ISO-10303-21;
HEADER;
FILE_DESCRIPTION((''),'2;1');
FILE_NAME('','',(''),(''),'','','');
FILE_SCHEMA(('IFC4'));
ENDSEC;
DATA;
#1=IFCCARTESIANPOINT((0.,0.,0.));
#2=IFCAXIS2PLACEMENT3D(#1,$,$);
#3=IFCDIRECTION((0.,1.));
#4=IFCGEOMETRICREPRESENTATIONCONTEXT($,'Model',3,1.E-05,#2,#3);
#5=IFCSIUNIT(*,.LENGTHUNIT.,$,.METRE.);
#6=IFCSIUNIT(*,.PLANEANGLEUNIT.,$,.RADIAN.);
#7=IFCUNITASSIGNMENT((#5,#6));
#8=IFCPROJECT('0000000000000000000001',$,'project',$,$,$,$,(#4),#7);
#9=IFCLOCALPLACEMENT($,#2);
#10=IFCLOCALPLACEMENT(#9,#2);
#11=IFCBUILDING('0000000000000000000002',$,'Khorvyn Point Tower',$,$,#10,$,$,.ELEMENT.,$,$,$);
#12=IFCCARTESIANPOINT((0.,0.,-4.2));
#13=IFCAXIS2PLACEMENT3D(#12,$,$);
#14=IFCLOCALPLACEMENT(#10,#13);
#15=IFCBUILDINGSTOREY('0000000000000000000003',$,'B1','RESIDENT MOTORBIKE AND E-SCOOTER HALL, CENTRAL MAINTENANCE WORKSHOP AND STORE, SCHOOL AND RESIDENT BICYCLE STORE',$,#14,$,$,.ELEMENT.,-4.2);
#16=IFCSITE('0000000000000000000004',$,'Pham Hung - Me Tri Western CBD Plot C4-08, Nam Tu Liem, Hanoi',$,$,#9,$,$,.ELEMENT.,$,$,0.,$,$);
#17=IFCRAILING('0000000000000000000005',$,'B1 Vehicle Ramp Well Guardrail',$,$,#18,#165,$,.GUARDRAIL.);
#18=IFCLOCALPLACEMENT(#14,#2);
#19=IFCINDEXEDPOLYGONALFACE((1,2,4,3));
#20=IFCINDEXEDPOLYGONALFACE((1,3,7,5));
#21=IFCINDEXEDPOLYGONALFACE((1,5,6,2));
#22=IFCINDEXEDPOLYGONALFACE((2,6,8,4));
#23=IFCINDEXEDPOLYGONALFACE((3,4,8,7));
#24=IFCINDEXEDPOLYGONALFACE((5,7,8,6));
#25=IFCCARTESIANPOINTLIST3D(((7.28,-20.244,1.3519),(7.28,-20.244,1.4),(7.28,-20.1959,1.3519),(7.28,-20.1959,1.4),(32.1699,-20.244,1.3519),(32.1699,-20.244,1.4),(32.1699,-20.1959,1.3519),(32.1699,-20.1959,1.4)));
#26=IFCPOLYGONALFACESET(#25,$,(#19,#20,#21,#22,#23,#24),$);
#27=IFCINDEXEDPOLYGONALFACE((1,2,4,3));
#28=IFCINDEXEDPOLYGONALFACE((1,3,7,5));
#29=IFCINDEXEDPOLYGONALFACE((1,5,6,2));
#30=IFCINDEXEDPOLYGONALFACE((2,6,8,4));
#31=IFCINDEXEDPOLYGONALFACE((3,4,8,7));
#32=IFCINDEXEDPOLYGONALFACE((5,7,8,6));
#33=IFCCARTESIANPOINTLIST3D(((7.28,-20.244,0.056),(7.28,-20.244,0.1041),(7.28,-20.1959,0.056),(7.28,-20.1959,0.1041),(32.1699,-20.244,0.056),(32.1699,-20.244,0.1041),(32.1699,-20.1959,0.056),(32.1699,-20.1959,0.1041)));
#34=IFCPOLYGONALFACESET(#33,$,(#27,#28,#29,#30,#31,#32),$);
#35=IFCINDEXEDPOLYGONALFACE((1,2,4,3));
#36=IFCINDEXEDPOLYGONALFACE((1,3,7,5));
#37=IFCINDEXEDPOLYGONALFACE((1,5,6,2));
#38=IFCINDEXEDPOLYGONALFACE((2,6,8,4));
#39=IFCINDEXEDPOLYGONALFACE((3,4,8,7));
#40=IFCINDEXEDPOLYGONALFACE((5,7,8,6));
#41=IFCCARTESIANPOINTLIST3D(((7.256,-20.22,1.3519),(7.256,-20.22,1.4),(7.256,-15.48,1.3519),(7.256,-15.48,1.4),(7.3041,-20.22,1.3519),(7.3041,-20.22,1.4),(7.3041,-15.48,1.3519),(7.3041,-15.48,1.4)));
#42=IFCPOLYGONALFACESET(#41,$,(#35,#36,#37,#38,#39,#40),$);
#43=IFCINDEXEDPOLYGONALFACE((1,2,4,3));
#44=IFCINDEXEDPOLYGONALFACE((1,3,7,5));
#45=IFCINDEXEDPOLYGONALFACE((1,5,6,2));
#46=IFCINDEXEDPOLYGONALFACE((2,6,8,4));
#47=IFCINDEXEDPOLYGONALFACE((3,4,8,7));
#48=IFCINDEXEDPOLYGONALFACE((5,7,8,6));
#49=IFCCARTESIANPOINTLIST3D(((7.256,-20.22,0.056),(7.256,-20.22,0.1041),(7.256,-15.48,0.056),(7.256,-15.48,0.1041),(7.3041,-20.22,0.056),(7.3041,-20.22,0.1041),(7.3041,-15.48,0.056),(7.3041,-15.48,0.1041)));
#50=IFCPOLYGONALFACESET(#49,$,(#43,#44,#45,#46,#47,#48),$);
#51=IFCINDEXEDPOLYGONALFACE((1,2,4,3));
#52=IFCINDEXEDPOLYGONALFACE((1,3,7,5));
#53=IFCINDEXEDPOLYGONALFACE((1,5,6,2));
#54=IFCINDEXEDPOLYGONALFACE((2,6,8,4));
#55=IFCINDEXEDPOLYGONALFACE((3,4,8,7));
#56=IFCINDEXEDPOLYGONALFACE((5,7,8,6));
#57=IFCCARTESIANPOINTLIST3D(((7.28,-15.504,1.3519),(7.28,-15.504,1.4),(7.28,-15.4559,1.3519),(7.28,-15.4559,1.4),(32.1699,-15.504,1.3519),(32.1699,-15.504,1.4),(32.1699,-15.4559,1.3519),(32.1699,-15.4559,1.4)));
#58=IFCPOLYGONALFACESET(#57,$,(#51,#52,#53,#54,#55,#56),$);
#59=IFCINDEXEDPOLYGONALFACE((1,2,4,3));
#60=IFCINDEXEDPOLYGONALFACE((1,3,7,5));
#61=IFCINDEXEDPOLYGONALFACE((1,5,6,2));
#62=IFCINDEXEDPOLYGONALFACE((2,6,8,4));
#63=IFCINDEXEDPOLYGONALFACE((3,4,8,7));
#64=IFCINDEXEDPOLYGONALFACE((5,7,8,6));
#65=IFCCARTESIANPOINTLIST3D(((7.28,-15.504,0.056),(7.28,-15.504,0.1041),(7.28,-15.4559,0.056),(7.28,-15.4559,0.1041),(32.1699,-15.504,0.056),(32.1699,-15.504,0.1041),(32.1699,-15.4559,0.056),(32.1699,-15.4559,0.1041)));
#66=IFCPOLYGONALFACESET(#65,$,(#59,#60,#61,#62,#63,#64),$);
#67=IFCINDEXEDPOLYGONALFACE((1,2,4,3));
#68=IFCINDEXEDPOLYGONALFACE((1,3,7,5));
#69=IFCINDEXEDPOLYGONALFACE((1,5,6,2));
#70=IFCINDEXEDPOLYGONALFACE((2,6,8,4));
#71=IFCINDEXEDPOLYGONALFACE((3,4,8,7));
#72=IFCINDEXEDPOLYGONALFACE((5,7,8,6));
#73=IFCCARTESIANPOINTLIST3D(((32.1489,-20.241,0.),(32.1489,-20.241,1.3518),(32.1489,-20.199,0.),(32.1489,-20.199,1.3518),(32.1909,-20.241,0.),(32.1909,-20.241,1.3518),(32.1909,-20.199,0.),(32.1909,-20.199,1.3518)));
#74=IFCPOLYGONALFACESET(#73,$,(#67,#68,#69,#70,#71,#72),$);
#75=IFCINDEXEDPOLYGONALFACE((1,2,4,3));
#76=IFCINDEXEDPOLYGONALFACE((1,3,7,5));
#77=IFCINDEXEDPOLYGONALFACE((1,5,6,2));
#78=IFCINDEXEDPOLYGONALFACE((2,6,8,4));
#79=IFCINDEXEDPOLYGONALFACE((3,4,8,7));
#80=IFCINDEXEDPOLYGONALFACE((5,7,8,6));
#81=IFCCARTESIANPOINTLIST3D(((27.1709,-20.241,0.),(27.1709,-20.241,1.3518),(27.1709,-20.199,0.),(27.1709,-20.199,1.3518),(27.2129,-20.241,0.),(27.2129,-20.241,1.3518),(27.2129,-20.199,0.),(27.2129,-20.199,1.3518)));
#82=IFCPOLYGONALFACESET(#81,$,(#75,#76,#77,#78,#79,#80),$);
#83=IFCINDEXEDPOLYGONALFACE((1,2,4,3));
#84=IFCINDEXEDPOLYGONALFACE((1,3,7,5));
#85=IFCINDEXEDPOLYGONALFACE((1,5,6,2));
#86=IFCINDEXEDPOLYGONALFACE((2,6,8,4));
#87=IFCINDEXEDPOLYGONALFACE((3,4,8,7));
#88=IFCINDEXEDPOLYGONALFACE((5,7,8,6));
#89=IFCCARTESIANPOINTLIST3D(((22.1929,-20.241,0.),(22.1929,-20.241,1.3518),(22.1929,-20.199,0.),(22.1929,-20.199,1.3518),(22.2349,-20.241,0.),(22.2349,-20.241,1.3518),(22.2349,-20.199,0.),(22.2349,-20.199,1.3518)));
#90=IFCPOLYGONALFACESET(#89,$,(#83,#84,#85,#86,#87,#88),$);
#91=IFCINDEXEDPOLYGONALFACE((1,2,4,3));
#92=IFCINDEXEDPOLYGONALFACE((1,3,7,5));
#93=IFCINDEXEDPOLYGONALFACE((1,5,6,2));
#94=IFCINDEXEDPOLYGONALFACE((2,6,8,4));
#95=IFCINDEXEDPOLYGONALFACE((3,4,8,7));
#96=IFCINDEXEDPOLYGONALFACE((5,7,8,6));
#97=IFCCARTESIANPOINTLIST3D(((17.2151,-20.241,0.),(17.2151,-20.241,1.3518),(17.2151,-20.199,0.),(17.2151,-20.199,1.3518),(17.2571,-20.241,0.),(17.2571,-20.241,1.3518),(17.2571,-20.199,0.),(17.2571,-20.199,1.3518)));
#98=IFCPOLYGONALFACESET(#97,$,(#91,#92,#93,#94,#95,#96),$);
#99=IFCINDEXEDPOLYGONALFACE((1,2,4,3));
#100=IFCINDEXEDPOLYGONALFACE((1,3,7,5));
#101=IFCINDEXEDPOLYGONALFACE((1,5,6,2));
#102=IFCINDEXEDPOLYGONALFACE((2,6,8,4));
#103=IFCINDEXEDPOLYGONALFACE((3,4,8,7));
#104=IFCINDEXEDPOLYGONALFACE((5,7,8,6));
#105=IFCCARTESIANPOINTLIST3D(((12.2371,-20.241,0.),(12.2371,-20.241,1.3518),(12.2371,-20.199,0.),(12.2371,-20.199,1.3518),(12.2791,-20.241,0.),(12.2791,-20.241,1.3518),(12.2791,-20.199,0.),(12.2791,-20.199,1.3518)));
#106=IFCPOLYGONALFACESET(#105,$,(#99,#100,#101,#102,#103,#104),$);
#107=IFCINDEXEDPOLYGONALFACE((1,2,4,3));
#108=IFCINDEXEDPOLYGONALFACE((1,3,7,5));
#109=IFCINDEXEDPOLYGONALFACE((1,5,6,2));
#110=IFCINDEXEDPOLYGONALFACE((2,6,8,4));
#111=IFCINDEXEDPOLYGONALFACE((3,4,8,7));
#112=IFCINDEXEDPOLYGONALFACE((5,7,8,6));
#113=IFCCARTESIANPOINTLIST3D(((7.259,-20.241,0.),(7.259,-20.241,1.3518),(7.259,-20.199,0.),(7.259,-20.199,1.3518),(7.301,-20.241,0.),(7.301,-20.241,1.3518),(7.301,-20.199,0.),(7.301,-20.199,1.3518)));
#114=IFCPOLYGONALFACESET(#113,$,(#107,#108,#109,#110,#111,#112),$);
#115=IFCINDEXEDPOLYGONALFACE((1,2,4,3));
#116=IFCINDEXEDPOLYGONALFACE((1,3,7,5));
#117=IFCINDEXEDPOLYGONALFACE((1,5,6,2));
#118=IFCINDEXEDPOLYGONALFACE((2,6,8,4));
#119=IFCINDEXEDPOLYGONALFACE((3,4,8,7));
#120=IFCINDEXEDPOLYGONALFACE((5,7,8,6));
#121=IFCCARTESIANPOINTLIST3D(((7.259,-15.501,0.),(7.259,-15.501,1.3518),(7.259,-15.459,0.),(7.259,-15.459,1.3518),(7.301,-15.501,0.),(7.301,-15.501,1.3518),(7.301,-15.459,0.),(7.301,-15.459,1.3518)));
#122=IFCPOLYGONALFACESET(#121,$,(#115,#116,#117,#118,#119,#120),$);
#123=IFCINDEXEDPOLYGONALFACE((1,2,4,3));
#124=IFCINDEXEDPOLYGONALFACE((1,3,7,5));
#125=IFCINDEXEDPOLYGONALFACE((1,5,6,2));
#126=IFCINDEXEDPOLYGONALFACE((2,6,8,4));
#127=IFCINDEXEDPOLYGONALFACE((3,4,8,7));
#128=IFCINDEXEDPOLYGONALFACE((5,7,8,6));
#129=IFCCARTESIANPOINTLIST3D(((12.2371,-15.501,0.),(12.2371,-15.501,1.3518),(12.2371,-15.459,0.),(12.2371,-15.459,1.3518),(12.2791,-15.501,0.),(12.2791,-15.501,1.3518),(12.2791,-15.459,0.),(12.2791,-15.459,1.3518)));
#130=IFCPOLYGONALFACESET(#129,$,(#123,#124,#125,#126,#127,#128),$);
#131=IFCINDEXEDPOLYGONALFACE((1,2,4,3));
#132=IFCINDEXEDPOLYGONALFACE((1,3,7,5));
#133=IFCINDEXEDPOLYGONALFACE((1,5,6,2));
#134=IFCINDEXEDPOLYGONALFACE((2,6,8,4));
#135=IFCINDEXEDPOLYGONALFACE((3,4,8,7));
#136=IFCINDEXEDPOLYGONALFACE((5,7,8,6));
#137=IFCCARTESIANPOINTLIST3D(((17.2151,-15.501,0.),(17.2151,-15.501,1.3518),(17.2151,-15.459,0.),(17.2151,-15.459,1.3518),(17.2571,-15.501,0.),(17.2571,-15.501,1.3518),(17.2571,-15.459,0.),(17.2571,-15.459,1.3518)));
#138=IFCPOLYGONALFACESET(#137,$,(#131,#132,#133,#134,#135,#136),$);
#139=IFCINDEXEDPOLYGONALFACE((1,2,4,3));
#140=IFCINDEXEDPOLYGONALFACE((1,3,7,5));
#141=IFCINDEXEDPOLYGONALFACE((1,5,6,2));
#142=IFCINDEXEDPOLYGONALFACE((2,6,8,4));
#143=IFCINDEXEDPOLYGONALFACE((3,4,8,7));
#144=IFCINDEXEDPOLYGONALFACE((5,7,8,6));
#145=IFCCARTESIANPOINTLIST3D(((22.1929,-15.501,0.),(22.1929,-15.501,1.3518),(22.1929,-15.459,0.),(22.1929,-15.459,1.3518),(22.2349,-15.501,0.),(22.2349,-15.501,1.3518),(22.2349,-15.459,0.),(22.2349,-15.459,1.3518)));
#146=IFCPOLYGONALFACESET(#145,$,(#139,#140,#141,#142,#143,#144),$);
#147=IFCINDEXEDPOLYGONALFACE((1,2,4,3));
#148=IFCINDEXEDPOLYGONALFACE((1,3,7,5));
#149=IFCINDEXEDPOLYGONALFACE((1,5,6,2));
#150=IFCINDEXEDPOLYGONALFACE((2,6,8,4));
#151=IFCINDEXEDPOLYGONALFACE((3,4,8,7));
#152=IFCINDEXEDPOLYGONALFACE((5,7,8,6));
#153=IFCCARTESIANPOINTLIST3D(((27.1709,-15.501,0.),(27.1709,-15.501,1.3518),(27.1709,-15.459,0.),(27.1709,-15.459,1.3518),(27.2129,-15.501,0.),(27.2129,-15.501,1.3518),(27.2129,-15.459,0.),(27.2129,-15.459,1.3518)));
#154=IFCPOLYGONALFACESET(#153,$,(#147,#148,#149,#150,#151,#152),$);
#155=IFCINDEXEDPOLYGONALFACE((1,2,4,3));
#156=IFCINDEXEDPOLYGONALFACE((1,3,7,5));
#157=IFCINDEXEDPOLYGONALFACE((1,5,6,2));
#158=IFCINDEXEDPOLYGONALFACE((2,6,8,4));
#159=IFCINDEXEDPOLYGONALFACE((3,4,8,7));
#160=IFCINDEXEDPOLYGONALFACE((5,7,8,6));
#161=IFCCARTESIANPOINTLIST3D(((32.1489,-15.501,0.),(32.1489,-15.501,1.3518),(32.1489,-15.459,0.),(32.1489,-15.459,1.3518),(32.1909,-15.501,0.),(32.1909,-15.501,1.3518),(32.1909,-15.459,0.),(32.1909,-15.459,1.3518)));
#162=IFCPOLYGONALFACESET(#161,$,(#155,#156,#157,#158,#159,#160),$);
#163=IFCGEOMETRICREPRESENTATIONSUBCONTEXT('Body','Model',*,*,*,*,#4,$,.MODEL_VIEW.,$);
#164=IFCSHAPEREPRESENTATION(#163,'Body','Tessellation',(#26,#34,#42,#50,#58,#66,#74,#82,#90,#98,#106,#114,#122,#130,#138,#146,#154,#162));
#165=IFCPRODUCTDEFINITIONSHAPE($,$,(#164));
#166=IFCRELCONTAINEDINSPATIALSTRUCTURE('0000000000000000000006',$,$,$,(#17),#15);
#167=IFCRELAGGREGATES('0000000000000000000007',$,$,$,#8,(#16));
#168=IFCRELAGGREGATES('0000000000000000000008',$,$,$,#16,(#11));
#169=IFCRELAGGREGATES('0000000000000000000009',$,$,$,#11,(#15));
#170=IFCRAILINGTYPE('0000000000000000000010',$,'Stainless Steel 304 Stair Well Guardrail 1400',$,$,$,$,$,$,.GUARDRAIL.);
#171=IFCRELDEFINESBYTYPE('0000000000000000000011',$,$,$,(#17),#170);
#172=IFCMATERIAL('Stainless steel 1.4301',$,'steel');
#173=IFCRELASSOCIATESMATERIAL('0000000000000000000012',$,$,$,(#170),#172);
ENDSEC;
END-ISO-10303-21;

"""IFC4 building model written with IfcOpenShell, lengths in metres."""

from ifc_helpers import new_model, si_unit, direction, frame, origin, origin_2d, place, context, subcontext, project, spatial, rectangle, extrude, material, type_object, element, save


model = new_model("IFC4")

# Units and contexts
model_context = context("Model", 3, precision=1e-05, world=origin(), true_north=direction((0.0, 1.0)))
body_context = subcontext(model_context, "Body", "Model", "MODEL_VIEW")
ifc_project = project(units=[si_unit("LENGTHUNIT", "METRE"), si_unit("PLANEANGLEUNIT", "RADIAN")], contexts=[model_context])

# Site, building, storey
site_placement = place(None, origin())
site = spatial("IfcSite", under=ifc_project, at=site_placement, Name="Pham Hung - Me Tri Western CBD Plot C4-08, Nam Tu Liem, Hanoi", CompositionType="ELEMENT", RefElevation=0.0)
building_placement = place(site_placement, origin())
building = spatial("IfcBuilding", under=site, at=building_placement, Name="Khorvyn Point Tower", CompositionType="ELEMENT")
storey_placement = place(building_placement, frame((0.0, 0.0, -4.2)))
storey = spatial("IfcBuildingStorey", under=building, at=storey_placement, Name="B1", Description="RESIDENT MOTORBIKE AND E-SCOOTER HALL, CENTRAL MAINTENANCE WORKSHOP AND STORE, SCHOOL AND RESIDENT BICYCLE STORE", CompositionType="ELEMENT", Elevation=-4.2)

# Railing
ifc_material_1 = material(Name="Stainless steel 1.4301", Category="steel")
railing_type = type_object("IfcRailingType", Name="Stainless Steel 304 Stair Well Guardrail 1400", PredefinedType="GUARDRAIL", material=ifc_material_1)
railing_placement = place(storey_placement, frame((32.1699, -20.22, 0.0)))
element("IfcRailing", 1, at=railing_placement, inside=storey, type_object=railing_type, Name="B1 Vehicle Ramp Well Guardrail", PredefinedType="GUARDRAIL", context=body_context, shape_type="SweptSolid", body=[
    extrude(rectangle(XDim=0.0481, YDim=0.0481, at=origin_2d()), frame((0.0, 0.0, 1.376), z_axis=(-1.0, 0.0, 0.0), x_axis=(0.0, -1.0, 0.0)), (0.0, 0.0, 1.0), 24.8899),
    extrude(rectangle(XDim=0.0481, YDim=0.0481, at=origin_2d()), frame((0.0, 0.0, 0.0801), z_axis=(-1.0, 0.0, 0.0), x_axis=(0.0, -1.0, 0.0)), (0.0, 0.0, 1.0), 24.8899),
    extrude(rectangle(XDim=0.0481, YDim=0.0481, at=origin_2d()), frame((-24.8899, 0.0, 1.376), z_axis=(0.0, 1.0, 0.0), x_axis=(-1.0, 0.0, 0.0)), (0.0, 0.0, 1.0), 4.74),
    extrude(rectangle(XDim=0.0481, YDim=0.0481, at=origin_2d()), frame((-24.8899, 0.0, 0.0801), z_axis=(0.0, 1.0, 0.0), x_axis=(-1.0, 0.0, 0.0)), (0.0, 0.0, 1.0), 4.74),
    extrude(rectangle(XDim=0.0481, YDim=0.0481, at=origin_2d()), frame((-24.8899, 4.74, 1.376), z_axis=(1.0, 0.0, 0.0), x_axis=(0.0, 1.0, 0.0)), (0.0, 0.0, 1.0), 24.8899),
    extrude(rectangle(XDim=0.0481, YDim=0.0481, at=origin_2d()), frame((-24.8899, 4.74, 0.0801), z_axis=(1.0, 0.0, 0.0), x_axis=(0.0, 1.0, 0.0)), (0.0, 0.0, 1.0), 24.8899),
    extrude(rectangle(XDim=0.042, YDim=0.042, at=origin_2d()), origin(), (0.0, 0.0, 1.0), 1.3518),
    extrude(rectangle(XDim=0.042, YDim=0.042, at=origin_2d()), frame((-4.978, 0.0, 0.0)), (0.0, 0.0, 1.0), 1.3518),
    extrude(rectangle(XDim=0.042, YDim=0.042, at=origin_2d()), frame((-9.9561, 0.0, 0.0)), (0.0, 0.0, 1.0), 1.3518),
    extrude(rectangle(XDim=0.042, YDim=0.042, at=origin_2d()), frame((-14.9338, 0.0, 0.0)), (0.0, 0.0, 1.0), 1.3518),
    extrude(rectangle(XDim=0.042, YDim=0.042, at=origin_2d()), frame((-19.9119, 0.0, 0.0)), (0.0, 0.0, 1.0), 1.3518),
    extrude(rectangle(XDim=0.042, YDim=0.042, at=origin_2d()), frame((-24.8899, 0.0, 0.0)), (0.0, 0.0, 1.0), 1.3518),
    extrude(rectangle(XDim=0.042, YDim=0.042, at=origin_2d()), frame((-24.8899, 4.74, 0.0)), (0.0, 0.0, 1.0), 1.3518),
    extrude(rectangle(XDim=0.042, YDim=0.042, at=origin_2d()), frame((-19.9119, 4.74, 0.0)), (0.0, 0.0, 1.0), 1.3518),
    extrude(rectangle(XDim=0.042, YDim=0.042, at=origin_2d()), frame((-14.9338, 4.74, 0.0)), (0.0, 0.0, 1.0), 1.3518),
    extrude(rectangle(XDim=0.042, YDim=0.042, at=origin_2d()), frame((-9.9561, 4.74, 0.0)), (0.0, 0.0, 1.0), 1.3518),
    extrude(rectangle(XDim=0.042, YDim=0.042, at=origin_2d()), frame((-4.978, 4.74, 0.0)), (0.0, 0.0, 1.0), 1.3518),
    extrude(rectangle(XDim=0.042, YDim=0.042, at=origin_2d()), frame((0.0, 4.74, 0.0)), (0.0, 0.0, 1.0), 1.3518),
])

save(model, "model.ifc")
